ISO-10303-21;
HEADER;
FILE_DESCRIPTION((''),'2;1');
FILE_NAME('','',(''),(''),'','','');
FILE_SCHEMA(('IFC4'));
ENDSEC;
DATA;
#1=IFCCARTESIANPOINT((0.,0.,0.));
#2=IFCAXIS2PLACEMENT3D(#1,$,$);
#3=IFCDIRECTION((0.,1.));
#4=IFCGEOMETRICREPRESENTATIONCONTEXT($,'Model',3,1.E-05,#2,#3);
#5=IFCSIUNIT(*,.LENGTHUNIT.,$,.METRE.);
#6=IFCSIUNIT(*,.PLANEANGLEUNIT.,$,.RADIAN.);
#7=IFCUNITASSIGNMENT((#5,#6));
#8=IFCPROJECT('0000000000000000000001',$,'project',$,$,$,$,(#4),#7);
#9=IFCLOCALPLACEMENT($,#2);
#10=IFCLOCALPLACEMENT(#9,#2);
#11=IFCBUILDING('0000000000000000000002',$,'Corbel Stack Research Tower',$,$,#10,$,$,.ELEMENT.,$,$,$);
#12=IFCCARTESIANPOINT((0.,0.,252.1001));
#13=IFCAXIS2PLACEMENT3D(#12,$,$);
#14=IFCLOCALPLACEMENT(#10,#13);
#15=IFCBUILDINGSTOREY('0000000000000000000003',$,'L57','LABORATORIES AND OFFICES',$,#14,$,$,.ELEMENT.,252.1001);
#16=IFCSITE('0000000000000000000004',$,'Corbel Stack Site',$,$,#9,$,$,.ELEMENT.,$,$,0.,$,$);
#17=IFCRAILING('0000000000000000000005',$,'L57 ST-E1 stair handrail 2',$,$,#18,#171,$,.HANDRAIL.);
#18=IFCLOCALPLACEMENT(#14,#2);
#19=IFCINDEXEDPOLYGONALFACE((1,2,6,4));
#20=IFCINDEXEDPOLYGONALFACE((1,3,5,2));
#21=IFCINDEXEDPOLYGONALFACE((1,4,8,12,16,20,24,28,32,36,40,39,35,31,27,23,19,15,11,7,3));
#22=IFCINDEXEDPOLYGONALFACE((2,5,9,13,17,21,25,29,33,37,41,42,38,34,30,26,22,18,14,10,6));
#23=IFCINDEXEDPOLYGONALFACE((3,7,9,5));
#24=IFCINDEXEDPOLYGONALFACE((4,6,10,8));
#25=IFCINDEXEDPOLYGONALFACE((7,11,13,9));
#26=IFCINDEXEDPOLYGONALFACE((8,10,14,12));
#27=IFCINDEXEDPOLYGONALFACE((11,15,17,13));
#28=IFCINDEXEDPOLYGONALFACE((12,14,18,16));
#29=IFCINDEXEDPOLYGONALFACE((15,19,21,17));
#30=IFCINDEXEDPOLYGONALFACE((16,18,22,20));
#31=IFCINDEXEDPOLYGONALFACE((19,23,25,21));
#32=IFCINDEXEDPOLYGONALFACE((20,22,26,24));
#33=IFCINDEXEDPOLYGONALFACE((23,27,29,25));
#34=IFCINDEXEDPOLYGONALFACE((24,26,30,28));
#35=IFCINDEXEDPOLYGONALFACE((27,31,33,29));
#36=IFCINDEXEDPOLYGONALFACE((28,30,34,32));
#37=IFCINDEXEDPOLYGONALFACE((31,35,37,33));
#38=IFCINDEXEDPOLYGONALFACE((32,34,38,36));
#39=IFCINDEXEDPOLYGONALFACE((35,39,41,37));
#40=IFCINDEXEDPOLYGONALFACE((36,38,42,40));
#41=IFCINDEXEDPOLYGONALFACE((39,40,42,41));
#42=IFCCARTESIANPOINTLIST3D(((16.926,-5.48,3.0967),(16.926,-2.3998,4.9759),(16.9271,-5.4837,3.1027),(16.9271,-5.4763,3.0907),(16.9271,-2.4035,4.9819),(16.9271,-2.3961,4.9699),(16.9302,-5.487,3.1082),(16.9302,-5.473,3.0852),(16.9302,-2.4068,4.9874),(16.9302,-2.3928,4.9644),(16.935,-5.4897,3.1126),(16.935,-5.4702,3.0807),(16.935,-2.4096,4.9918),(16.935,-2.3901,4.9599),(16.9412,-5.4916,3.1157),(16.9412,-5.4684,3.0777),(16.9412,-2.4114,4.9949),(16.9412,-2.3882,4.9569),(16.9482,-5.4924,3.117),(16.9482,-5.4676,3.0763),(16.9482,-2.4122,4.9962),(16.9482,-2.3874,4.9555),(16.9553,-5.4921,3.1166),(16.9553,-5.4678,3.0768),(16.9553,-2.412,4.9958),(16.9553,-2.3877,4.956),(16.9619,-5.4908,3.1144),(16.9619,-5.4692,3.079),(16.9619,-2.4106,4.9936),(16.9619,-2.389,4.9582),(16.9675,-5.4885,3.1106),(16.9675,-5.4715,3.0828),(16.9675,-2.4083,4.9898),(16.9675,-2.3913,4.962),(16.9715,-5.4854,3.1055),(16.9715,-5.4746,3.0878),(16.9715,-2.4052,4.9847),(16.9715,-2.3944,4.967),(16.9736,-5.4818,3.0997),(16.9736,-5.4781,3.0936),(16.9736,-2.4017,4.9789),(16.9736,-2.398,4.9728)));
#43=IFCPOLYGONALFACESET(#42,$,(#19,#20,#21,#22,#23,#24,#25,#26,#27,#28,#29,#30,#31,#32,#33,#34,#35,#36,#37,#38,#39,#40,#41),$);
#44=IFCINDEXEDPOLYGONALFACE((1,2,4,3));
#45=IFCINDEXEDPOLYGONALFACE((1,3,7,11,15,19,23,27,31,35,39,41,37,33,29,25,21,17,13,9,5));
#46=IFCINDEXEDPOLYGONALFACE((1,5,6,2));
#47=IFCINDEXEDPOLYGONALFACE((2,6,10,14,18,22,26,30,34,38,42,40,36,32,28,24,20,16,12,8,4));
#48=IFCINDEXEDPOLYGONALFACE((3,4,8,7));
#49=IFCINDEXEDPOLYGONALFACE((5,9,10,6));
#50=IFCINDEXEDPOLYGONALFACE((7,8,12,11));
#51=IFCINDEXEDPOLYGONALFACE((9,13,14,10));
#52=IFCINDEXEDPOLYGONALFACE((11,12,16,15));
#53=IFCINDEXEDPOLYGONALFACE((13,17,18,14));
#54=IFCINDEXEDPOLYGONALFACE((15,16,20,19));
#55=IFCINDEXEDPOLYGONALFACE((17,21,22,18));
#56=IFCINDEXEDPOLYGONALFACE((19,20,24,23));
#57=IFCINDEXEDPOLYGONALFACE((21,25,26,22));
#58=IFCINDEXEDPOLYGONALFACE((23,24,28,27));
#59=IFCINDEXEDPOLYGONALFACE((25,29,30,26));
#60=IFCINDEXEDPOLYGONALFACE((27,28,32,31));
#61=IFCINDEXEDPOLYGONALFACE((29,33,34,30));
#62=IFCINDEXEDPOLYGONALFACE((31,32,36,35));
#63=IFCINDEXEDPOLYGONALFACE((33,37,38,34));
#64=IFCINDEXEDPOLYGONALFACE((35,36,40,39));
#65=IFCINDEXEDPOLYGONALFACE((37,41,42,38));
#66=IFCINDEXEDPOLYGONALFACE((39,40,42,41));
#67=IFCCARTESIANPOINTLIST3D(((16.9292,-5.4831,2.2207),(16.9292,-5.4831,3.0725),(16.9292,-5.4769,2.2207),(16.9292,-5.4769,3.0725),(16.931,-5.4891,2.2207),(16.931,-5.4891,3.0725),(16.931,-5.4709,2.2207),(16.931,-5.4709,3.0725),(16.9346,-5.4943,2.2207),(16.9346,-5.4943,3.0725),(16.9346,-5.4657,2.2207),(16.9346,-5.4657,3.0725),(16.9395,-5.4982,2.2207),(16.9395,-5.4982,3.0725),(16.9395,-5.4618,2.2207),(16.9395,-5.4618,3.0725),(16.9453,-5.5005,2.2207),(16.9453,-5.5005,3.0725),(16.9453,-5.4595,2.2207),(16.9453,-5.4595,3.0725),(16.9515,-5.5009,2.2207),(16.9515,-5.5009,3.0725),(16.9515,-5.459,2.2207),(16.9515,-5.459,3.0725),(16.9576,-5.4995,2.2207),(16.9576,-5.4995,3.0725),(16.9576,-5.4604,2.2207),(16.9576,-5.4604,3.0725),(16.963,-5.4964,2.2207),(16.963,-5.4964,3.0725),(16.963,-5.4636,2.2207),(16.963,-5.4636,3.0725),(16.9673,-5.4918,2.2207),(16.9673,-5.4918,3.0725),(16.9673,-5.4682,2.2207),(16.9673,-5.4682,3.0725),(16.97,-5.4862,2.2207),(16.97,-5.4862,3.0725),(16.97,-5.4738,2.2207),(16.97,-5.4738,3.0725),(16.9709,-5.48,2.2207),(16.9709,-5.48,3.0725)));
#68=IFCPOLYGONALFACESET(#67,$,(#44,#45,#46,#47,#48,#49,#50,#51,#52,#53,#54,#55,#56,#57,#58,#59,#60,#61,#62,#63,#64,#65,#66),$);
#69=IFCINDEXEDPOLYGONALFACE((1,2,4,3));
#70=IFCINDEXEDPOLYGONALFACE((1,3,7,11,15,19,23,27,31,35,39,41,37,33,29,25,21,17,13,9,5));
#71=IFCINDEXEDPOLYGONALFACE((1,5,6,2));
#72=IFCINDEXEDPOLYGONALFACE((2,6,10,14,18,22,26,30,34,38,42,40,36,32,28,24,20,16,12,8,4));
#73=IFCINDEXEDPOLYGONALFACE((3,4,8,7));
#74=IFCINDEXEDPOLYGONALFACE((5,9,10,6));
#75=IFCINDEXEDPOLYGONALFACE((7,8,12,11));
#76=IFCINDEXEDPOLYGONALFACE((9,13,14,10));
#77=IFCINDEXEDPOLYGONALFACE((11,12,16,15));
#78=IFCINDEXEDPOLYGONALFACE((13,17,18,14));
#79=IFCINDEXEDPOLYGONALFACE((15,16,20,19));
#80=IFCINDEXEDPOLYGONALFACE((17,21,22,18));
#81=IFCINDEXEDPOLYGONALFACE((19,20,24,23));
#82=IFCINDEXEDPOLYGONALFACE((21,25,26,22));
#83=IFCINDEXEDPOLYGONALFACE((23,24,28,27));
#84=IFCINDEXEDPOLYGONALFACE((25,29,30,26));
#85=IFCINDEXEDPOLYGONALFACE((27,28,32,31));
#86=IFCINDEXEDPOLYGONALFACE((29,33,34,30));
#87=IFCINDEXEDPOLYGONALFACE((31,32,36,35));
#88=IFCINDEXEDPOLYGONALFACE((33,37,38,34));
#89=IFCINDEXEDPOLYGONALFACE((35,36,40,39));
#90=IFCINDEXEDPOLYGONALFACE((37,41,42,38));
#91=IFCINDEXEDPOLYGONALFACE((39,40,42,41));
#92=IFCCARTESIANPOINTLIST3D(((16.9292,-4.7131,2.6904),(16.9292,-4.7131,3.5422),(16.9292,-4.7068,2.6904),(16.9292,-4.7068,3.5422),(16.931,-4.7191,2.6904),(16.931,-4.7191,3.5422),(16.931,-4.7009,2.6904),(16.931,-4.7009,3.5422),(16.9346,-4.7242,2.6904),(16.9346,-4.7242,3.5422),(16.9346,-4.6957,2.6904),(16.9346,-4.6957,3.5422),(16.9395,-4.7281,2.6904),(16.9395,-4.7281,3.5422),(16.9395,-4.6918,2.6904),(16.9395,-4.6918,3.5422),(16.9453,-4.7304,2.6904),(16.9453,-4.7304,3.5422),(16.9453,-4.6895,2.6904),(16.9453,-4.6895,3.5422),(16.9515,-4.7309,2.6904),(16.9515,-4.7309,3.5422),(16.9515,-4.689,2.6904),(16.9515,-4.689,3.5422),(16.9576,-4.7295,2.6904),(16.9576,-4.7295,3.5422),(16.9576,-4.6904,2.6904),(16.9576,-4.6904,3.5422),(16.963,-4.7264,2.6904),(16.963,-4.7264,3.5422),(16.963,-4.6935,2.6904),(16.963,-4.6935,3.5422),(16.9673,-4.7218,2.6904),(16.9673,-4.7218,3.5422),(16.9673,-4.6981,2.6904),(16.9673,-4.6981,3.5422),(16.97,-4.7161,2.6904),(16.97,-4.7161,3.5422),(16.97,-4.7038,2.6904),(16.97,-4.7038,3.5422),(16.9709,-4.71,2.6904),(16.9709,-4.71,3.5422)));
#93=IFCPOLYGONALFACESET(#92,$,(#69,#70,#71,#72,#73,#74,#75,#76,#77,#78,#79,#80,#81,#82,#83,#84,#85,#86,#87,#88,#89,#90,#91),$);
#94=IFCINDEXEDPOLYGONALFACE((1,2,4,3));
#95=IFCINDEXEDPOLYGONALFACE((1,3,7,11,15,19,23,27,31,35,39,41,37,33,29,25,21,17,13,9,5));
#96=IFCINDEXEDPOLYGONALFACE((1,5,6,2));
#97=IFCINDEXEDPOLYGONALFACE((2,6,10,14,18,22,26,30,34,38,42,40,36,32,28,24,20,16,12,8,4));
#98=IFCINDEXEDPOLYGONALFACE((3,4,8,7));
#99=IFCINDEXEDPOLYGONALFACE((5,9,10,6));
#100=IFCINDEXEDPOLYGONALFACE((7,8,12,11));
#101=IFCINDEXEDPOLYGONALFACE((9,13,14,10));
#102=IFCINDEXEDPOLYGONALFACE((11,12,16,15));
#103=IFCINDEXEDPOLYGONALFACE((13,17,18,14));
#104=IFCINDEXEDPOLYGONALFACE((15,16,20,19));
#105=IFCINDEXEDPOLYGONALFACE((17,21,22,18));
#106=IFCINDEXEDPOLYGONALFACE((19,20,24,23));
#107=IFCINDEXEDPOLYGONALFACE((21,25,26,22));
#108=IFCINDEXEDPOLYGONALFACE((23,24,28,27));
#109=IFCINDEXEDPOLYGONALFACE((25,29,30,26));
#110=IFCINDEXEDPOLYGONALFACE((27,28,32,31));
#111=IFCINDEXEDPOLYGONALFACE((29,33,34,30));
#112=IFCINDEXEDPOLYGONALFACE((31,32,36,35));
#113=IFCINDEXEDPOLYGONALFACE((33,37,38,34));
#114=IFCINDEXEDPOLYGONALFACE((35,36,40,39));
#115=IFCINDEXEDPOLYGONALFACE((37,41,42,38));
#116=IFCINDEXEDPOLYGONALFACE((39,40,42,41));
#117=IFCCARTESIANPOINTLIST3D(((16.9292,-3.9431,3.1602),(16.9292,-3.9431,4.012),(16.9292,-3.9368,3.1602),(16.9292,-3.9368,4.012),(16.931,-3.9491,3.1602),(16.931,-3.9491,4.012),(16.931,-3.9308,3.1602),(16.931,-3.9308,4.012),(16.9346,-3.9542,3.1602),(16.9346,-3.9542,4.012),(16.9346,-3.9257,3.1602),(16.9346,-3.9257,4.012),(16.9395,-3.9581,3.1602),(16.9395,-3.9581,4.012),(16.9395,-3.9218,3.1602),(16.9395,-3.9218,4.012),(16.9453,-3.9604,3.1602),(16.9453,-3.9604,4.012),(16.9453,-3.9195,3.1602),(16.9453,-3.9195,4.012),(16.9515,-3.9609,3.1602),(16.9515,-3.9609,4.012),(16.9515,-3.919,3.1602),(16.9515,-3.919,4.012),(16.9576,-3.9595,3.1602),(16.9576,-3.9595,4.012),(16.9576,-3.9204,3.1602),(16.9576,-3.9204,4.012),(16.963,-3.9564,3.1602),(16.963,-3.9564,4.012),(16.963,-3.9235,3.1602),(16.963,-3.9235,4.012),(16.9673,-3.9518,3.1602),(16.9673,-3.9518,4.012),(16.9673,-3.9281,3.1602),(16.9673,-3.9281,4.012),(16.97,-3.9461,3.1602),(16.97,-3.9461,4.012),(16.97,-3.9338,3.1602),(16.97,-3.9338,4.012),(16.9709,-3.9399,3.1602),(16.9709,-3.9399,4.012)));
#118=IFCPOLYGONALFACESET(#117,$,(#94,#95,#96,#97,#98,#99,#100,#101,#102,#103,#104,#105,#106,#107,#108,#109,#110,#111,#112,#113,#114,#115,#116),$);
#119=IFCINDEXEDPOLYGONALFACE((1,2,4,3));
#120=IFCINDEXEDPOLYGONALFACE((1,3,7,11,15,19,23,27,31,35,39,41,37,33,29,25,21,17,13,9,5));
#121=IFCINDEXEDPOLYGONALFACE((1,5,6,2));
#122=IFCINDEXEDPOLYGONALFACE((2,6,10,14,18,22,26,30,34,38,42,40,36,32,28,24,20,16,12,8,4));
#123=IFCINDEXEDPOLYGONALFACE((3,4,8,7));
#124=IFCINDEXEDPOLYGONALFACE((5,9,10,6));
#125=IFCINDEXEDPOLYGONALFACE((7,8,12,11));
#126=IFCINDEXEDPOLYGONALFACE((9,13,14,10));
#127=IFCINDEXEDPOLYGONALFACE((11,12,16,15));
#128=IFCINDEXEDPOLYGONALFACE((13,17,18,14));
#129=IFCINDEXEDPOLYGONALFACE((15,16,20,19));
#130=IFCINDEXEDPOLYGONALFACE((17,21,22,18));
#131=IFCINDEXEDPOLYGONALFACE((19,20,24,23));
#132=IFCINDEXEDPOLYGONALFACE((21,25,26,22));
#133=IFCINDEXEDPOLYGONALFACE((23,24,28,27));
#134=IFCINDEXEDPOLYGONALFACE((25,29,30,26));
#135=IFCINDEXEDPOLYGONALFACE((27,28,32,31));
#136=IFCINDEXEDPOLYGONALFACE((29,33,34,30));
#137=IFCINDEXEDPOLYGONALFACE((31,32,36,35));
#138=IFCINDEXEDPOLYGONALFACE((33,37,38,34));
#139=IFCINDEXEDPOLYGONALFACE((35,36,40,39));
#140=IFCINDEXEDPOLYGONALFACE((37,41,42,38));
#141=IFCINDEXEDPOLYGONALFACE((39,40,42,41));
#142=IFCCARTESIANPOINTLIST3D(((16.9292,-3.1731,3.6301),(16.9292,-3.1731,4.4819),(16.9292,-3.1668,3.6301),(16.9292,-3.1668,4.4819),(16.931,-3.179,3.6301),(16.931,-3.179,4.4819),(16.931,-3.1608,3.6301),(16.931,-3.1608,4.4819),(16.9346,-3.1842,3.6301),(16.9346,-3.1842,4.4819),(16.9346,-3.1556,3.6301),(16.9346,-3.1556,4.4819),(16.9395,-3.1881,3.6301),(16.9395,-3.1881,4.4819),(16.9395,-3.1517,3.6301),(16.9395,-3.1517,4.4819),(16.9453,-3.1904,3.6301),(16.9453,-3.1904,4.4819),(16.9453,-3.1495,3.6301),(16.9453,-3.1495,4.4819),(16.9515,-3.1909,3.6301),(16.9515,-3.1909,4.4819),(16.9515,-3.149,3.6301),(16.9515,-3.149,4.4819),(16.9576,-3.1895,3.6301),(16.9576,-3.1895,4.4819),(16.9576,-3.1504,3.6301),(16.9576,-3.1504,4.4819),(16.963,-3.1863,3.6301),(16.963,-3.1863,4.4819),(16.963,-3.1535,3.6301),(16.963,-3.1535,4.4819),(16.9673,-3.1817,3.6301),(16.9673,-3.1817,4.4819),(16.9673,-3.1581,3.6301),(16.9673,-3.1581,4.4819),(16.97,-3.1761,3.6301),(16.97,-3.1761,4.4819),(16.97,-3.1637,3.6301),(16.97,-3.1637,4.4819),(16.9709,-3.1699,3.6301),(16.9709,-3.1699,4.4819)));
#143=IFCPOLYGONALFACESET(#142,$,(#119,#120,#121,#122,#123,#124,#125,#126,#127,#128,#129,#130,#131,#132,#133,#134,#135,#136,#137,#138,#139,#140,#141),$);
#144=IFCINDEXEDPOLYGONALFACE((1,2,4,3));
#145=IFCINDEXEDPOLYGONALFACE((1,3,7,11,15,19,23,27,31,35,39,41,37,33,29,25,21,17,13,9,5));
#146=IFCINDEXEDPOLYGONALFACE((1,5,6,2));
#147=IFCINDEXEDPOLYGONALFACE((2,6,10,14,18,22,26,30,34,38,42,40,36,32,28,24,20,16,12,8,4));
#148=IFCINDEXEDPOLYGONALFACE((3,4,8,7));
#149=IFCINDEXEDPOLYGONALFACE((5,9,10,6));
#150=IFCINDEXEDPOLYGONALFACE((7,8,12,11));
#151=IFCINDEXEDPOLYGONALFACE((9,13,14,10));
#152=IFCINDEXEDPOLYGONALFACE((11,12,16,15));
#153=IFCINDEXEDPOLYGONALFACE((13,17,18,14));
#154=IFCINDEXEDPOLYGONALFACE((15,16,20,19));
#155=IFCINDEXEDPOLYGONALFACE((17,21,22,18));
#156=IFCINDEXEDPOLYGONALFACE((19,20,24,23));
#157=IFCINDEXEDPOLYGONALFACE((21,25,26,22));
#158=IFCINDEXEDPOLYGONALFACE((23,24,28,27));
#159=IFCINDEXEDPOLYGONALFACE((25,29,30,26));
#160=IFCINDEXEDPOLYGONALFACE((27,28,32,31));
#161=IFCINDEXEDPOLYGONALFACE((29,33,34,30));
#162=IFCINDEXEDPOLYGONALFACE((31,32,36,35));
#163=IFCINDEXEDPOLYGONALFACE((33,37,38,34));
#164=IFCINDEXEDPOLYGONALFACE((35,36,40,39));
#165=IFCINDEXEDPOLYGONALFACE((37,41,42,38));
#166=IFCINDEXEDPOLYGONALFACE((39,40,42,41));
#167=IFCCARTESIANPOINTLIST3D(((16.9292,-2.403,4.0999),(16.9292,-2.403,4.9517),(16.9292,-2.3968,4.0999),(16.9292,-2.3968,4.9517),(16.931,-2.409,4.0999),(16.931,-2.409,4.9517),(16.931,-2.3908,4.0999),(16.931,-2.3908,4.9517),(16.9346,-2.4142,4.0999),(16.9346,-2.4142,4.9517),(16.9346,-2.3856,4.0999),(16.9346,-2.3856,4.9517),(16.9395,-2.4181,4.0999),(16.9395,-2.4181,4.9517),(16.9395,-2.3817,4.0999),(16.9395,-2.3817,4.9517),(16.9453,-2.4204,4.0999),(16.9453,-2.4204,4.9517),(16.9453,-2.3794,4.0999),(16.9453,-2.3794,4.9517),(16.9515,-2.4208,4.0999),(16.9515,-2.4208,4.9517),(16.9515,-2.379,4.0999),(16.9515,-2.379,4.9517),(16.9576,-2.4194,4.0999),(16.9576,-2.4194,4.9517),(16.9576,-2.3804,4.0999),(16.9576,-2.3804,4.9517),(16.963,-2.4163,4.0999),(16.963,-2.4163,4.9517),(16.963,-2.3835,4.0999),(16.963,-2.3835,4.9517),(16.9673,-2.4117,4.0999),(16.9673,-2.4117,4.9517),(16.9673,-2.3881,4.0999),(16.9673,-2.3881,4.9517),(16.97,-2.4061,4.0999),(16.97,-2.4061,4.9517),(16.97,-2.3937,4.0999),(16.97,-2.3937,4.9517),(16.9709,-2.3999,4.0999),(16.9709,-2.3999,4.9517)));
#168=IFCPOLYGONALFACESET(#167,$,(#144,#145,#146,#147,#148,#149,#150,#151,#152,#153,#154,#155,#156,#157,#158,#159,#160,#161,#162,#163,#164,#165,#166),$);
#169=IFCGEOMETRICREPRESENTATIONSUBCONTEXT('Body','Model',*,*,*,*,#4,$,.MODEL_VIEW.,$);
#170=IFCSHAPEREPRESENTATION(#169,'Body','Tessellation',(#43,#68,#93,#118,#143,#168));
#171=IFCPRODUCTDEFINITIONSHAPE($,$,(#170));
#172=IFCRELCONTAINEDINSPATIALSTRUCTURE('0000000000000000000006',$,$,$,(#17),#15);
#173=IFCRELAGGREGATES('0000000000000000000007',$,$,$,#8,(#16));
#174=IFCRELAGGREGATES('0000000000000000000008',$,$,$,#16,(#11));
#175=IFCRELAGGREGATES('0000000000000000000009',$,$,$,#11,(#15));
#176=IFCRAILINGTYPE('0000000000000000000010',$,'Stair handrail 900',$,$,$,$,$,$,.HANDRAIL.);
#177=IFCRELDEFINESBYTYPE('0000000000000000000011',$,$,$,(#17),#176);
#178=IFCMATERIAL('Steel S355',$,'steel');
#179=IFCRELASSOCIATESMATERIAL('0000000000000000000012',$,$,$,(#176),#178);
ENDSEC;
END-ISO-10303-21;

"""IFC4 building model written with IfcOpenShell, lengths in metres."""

from ifc_helpers import new_model, si_unit, direction, frame, origin, origin_2d, place, context, subcontext, project, spatial, circle, extrude, material, type_object, element, save


model = new_model("IFC4")

# Units and contexts
model_context = context("Model", 3, precision=1e-05, world=origin(), true_north=direction((0.0, 1.0)))
body_context = subcontext(model_context, "Body", "Model", "MODEL_VIEW")
ifc_project = project(units=[si_unit("LENGTHUNIT", "METRE"), si_unit("PLANEANGLEUNIT", "RADIAN")], contexts=[model_context])

# Site, building, storey
site_placement = place(None, origin())
site = spatial("IfcSite", under=ifc_project, at=site_placement, Name="Corbel Stack Site", CompositionType="ELEMENT", RefElevation=0.0)
building_placement = place(site_placement, origin())
building = spatial("IfcBuilding", under=site, at=building_placement, Name="Corbel Stack Research Tower", CompositionType="ELEMENT")
storey_placement = place(building_placement, frame((0.0, 0.0, 252.1001)))
storey = spatial("IfcBuildingStorey", under=building, at=storey_placement, Name="L57", Description="LABORATORIES AND OFFICES", CompositionType="ELEMENT", Elevation=252.1001)

# Railing
ifc_material_1 = material(Name="Steel S355", Category="steel")
railing_type_1 = type_object("IfcRailingType", Name="Stair handrail 900", PredefinedType="HANDRAIL", material=ifc_material_1)
railing_1_placement = place(storey_placement, frame((16.95, -5.48, 2.2207)))
element("IfcRailing", 1, at=railing_1_placement, inside=storey, type_object=railing_type_1, Name="L57 ST-E1 stair handrail 2", PredefinedType="HANDRAIL", context=body_context, shape_type="SweptSolid", body=[
    extrude(circle(Radius=0.0239, at=origin_2d()), frame((0.0, 0.0, 0.876), z_axis=(0.0, 0.853666, 0.52082), x_axis=(-1.0, 0.0, 0.0)), (0.0, 0.0, 1.0), 3.6082),
    extrude(circle(Radius=0.021, at=origin_2d()), origin(), (0.0, 0.0, 1.0), 0.8518),
    extrude(circle(Radius=0.021, at=origin_2d()), frame((0.0, 0.77, 0.4697)), (0.0, 0.0, 1.0), 0.8518),
    extrude(circle(Radius=0.021, at=origin_2d()), frame((0.0, 1.54, 0.9395)), (0.0, 0.0, 1.0), 0.8518),
    extrude(circle(Radius=0.021, at=origin_2d()), frame((0.0, 2.3101, 1.4094)), (0.0, 0.0, 1.0), 0.8518),
    extrude(circle(Radius=0.021, at=origin_2d()), frame((0.0, 3.0801, 1.8792)), (0.0, 0.0, 1.0), 0.8518),
])

save(model, "model.ifc")
